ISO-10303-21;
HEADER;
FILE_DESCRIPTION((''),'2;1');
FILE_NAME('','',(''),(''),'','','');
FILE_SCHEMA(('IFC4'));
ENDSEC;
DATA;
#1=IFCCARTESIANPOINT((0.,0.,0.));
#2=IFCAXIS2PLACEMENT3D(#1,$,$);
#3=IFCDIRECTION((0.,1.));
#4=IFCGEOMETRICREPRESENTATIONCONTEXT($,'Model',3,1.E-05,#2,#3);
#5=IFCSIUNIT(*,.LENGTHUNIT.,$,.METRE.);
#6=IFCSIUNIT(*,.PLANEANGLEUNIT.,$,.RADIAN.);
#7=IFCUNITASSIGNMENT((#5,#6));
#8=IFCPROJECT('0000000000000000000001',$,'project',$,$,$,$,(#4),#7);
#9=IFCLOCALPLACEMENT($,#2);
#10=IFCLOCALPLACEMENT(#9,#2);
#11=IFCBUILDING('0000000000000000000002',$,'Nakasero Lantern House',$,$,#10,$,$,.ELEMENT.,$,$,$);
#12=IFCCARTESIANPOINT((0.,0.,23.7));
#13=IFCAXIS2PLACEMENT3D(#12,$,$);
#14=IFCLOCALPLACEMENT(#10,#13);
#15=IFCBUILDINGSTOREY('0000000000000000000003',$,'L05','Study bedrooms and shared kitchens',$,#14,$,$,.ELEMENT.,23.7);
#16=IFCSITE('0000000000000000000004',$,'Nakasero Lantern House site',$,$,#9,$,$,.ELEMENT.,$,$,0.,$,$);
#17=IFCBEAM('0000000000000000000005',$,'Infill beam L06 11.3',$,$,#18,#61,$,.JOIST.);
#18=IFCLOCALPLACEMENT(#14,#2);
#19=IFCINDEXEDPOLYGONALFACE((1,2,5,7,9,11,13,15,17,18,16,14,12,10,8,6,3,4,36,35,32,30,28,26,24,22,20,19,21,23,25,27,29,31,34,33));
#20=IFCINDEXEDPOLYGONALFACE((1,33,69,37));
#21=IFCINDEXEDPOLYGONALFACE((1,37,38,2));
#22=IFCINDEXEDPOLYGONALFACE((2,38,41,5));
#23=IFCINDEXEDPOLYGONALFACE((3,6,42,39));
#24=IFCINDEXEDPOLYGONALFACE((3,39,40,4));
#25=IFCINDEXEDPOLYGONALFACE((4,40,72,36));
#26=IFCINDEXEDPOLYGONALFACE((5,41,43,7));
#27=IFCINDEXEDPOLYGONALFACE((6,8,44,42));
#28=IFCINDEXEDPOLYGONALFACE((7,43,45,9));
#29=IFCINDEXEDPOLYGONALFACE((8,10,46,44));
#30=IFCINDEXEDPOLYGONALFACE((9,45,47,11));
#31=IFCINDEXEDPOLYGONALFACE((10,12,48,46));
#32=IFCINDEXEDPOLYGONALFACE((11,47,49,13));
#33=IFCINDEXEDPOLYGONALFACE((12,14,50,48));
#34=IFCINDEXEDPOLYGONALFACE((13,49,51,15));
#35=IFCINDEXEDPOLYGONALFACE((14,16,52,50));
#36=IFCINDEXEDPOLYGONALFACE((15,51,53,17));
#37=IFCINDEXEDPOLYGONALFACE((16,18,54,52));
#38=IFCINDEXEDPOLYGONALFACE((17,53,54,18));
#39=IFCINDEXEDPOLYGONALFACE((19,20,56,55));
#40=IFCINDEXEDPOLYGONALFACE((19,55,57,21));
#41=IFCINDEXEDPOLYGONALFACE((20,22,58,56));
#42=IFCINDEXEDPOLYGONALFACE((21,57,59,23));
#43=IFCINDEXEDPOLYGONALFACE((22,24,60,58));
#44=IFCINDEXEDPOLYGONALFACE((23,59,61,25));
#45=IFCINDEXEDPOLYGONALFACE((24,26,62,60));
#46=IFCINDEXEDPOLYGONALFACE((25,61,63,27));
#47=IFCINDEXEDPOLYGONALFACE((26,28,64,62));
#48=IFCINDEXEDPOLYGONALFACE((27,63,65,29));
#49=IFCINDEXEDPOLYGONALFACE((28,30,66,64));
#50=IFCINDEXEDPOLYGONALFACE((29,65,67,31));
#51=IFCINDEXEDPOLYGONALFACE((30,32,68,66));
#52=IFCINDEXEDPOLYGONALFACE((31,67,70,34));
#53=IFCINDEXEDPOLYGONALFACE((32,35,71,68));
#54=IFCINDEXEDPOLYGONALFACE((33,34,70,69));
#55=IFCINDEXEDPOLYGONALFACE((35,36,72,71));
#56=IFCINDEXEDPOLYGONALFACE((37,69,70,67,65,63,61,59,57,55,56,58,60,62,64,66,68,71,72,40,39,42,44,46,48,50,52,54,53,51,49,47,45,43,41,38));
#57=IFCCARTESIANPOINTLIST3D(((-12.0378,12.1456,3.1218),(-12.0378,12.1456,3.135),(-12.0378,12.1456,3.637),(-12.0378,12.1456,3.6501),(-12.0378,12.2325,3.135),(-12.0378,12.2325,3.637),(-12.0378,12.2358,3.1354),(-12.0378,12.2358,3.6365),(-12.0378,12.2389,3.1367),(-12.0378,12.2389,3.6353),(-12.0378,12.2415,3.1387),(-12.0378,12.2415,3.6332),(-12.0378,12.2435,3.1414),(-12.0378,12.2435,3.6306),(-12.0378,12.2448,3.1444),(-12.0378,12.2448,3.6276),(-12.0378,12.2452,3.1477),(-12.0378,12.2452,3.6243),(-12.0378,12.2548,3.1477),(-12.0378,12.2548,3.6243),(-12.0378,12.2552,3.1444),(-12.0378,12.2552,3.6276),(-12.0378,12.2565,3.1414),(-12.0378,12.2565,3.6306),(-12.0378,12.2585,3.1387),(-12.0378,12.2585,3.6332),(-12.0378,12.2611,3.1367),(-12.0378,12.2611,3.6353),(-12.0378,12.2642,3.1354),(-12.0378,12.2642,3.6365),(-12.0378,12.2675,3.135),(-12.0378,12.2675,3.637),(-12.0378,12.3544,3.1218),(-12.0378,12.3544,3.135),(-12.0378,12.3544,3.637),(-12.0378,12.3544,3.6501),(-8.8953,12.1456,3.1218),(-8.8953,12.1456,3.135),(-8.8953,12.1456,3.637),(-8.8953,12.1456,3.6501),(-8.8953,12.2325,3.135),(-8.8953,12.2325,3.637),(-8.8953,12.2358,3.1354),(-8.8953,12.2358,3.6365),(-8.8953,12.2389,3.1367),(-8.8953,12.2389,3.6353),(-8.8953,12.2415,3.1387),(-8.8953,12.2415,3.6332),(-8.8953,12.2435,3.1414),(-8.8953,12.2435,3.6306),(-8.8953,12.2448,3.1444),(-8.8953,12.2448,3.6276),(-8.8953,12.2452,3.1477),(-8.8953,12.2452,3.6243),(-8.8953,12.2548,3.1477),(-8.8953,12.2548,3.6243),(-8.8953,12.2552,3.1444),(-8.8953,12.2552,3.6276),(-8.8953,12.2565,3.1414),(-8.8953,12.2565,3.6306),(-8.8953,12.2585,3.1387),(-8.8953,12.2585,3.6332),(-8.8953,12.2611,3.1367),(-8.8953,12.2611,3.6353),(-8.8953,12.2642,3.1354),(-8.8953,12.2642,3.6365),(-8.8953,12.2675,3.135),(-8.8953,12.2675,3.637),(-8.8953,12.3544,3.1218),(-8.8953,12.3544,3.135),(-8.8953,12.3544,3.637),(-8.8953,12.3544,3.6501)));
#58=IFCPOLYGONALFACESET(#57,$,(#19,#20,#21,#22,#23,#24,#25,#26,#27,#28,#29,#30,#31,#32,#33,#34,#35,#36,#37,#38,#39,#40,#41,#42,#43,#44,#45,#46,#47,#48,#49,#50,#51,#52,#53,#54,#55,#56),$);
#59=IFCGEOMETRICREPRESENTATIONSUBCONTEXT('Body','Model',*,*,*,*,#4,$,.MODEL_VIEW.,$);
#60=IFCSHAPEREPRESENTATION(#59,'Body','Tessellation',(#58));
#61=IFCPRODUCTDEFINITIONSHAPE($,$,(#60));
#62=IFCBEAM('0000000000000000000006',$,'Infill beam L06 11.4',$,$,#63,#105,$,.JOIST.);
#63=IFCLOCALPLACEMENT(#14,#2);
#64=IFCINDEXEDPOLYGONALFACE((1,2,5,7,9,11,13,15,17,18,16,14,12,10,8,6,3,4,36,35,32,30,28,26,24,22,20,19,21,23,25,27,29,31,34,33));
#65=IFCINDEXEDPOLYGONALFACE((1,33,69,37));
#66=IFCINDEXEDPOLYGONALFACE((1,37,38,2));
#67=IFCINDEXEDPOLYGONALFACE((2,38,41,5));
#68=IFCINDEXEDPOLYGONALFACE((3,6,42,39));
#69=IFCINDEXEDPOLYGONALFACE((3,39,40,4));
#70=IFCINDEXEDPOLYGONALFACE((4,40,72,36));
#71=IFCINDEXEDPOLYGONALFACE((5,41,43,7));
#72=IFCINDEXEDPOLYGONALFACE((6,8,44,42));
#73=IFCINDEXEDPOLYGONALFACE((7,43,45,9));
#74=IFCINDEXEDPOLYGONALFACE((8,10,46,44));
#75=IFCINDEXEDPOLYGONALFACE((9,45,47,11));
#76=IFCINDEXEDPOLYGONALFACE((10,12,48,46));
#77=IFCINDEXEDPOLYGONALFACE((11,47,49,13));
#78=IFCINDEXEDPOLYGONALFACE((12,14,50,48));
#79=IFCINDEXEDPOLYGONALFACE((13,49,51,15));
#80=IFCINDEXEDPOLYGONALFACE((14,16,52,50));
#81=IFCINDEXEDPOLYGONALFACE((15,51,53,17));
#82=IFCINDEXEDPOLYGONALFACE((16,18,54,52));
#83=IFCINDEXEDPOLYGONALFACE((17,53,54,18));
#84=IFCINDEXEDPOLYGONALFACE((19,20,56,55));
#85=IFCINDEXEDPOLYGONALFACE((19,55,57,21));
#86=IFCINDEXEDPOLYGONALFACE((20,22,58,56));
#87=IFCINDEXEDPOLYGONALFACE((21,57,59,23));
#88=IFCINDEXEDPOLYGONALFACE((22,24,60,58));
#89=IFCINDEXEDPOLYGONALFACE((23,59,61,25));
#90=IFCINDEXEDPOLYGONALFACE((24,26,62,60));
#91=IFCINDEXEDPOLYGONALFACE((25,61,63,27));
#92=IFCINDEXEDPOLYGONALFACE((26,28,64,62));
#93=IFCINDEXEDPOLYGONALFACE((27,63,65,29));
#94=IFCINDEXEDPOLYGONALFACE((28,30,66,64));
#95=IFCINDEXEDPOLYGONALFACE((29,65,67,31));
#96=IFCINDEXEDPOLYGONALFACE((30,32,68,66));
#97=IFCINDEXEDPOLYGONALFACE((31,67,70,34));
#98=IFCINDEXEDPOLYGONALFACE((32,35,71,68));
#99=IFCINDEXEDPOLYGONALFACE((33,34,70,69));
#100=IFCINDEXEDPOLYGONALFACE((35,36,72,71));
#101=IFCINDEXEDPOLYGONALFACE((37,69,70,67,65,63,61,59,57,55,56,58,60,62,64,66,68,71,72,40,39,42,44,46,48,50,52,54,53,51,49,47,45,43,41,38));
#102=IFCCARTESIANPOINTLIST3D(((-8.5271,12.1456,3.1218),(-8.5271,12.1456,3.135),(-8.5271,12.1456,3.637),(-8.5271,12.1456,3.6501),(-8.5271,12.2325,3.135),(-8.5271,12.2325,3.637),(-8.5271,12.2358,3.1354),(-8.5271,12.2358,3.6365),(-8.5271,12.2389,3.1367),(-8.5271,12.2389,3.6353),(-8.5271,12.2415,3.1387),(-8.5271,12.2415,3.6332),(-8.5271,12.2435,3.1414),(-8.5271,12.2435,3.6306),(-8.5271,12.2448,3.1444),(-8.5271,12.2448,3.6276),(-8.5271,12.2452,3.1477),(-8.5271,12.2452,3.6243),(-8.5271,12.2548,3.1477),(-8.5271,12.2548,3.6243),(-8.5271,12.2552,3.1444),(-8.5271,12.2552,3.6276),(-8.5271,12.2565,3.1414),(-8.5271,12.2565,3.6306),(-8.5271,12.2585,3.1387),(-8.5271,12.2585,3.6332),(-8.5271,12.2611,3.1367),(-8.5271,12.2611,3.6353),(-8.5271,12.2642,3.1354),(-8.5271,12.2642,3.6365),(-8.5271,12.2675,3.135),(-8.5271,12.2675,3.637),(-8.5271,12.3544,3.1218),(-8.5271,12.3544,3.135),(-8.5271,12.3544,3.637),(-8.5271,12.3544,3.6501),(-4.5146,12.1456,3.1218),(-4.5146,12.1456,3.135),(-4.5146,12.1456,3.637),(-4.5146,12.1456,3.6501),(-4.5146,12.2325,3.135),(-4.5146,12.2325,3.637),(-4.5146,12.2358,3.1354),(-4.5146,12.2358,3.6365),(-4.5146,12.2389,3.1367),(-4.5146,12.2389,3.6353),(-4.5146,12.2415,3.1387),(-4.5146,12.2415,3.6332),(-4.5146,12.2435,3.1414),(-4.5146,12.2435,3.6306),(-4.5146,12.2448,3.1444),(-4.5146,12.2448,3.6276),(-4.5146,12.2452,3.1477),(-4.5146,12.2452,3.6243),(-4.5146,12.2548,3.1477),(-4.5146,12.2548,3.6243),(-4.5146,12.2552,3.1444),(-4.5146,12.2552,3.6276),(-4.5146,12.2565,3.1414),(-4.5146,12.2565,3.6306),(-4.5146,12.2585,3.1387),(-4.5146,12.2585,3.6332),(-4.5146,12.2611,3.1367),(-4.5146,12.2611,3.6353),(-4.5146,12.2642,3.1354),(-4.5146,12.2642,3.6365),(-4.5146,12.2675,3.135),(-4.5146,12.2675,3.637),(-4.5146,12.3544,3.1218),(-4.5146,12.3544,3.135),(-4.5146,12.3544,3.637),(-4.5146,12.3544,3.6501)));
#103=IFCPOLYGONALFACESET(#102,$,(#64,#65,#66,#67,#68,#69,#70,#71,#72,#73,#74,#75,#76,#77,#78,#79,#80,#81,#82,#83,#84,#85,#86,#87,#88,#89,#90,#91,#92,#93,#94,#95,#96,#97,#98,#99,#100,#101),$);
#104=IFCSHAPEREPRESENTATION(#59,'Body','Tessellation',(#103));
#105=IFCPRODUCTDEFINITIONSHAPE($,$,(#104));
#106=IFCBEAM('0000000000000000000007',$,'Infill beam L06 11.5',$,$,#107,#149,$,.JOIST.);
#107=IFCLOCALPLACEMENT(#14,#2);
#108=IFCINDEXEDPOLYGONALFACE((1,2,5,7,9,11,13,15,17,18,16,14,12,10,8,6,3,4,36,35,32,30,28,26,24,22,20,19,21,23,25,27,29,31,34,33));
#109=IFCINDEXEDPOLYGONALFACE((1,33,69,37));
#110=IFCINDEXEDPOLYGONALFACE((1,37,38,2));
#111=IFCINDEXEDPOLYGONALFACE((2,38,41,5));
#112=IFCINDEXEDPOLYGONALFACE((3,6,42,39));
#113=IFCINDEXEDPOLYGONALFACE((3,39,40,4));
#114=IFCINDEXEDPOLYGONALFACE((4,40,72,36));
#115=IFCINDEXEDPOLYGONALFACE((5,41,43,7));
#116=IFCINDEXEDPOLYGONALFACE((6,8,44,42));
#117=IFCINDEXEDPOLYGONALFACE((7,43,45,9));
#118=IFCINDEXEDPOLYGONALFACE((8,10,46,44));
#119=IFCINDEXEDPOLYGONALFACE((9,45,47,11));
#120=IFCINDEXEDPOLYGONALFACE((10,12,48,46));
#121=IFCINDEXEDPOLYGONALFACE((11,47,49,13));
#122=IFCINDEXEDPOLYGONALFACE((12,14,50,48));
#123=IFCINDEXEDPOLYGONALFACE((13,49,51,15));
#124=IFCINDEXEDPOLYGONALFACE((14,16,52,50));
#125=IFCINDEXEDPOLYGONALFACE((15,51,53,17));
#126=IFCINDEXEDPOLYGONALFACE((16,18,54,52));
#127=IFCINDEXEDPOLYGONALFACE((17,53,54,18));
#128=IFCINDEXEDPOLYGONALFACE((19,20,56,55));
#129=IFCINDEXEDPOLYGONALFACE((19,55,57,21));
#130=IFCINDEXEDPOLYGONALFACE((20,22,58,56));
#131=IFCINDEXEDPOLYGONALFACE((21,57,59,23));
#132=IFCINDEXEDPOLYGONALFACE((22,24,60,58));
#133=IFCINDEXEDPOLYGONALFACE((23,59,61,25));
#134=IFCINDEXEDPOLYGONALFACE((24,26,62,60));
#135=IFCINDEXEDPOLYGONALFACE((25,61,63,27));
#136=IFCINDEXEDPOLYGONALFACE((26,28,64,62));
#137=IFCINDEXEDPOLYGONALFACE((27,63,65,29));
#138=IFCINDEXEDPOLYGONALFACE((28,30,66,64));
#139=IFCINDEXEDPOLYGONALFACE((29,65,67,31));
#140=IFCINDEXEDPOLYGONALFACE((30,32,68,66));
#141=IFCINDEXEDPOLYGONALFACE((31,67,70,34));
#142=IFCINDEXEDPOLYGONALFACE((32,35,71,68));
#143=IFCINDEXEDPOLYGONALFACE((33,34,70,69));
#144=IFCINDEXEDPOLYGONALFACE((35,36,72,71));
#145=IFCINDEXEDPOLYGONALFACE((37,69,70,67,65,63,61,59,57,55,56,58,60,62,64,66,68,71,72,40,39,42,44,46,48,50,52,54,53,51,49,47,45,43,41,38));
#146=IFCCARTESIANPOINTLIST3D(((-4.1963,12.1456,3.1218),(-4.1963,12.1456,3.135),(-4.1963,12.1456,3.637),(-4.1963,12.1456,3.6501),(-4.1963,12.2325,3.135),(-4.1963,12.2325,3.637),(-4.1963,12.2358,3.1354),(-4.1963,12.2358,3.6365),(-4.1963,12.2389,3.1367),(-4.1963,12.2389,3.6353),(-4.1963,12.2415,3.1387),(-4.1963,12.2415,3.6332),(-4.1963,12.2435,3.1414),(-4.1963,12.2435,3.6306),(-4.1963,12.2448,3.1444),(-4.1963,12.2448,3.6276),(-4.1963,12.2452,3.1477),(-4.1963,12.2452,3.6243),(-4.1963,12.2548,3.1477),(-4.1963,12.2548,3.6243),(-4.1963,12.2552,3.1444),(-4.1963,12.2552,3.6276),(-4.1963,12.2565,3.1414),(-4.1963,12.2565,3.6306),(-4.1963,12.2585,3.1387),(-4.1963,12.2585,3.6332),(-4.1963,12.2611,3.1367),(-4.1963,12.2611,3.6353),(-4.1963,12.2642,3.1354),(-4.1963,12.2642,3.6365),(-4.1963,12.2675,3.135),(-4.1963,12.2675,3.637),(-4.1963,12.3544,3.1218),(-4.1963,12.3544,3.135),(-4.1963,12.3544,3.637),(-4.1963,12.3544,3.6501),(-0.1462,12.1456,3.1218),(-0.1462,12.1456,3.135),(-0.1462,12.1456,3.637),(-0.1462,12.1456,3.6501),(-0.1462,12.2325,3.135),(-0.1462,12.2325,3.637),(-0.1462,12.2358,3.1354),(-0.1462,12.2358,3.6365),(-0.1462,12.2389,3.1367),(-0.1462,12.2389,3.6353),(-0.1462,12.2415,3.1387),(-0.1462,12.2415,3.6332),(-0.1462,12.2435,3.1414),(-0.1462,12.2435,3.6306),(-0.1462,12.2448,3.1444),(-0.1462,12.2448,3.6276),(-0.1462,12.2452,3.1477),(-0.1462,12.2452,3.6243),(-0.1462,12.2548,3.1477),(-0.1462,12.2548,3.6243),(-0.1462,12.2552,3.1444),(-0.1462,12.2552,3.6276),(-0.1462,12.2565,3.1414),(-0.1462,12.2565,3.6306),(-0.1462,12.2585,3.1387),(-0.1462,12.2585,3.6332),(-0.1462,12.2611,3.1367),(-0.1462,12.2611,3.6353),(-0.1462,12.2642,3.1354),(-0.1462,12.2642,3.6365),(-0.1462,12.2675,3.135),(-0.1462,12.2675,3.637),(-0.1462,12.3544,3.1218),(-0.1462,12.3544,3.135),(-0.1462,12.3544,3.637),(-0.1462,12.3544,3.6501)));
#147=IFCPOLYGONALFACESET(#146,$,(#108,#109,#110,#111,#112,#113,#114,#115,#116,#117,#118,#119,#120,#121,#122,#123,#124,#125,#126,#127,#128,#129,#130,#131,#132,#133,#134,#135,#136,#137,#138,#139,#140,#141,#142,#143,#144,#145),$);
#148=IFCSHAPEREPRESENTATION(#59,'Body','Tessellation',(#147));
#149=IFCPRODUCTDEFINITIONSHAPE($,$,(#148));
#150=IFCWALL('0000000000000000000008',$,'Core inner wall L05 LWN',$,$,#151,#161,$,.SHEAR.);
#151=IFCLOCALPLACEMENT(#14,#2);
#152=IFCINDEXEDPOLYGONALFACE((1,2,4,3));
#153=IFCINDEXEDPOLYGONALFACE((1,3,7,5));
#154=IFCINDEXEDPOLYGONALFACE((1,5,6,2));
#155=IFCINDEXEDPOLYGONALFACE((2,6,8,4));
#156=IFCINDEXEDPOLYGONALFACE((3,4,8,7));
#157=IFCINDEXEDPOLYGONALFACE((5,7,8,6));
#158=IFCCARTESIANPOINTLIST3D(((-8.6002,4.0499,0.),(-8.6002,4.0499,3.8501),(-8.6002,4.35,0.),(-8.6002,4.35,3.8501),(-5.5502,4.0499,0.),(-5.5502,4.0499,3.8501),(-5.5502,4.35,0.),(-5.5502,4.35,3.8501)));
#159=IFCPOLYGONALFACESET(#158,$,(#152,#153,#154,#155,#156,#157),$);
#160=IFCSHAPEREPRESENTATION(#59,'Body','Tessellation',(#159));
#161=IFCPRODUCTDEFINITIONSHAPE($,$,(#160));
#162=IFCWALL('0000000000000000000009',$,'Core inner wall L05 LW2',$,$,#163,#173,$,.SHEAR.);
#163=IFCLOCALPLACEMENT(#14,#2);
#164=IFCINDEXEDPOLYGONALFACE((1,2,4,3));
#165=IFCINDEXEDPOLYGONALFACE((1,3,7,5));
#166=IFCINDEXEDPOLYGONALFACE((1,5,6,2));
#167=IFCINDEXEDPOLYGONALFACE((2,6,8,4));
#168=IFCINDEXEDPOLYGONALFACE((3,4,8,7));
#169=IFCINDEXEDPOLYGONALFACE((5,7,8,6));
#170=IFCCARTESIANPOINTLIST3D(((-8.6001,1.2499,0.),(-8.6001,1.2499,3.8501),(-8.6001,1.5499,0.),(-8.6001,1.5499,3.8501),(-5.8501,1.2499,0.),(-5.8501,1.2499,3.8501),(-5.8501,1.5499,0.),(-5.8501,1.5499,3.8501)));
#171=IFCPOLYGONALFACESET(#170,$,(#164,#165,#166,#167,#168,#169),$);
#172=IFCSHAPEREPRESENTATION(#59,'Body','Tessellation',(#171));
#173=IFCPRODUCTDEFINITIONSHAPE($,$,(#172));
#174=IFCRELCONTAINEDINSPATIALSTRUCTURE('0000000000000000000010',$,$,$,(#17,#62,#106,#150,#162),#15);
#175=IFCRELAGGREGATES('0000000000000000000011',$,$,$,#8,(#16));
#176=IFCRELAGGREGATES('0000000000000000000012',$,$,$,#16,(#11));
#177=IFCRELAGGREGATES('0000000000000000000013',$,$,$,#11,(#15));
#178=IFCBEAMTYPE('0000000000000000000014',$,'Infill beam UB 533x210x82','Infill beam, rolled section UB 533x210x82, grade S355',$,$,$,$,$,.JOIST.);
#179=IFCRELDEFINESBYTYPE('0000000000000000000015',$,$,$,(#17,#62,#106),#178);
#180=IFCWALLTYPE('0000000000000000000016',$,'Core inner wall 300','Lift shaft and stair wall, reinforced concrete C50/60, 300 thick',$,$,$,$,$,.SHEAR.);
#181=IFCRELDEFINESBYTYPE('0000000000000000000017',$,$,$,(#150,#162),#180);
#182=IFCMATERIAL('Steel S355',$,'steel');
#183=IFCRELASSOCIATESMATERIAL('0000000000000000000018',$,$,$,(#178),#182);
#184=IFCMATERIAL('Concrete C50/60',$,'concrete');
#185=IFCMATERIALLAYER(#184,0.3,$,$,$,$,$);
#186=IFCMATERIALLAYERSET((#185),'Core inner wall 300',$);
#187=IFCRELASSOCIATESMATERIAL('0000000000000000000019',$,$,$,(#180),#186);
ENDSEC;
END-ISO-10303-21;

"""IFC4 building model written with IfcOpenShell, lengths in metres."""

from ifc_helpers import new_model, si_unit, direction, frame, frame_2d, origin, origin_2d, place, context, subcontext, project, spatial, rectangle, i_section, extrude, material, layer, layer_set, material_profile, profile_set, type_object, element, save


model = new_model("IFC4")

# Units and contexts
model_context = context("Model", 3, precision=1e-05, world=origin(), true_north=direction((0.0, 1.0)))
body_context = subcontext(model_context, "Body", "Model", "MODEL_VIEW")
ifc_project = project(units=[si_unit("LENGTHUNIT", "METRE"), si_unit("PLANEANGLEUNIT", "RADIAN")], contexts=[model_context])

# Site, building, storey
site_placement = place(None, origin())
site = spatial("IfcSite", under=ifc_project, at=site_placement, Name="Nakasero Lantern House site", CompositionType="ELEMENT", RefElevation=0.0)
building_placement = place(site_placement, origin())
building = spatial("IfcBuilding", under=site, at=building_placement, Name="Nakasero Lantern House", CompositionType="ELEMENT")
storey_placement = place(building_placement, frame((0.0, 0.0, 23.7)))
storey = spatial("IfcBuildingStorey", under=building, at=storey_placement, Name="L05", Description="Study bedrooms and shared kitchens", CompositionType="ELEMENT", Elevation=23.7)

# Beams
ifc_material_1 = material(Name="Steel S355", Category="steel")
ifc_material_profile_1 = material_profile(ifc_material_1, i_section(OverallWidth=0.2087, OverallDepth=0.5283, WebThickness=0.0095, FlangeThickness=0.0132, FilletRadius=0.0127, at=origin_2d()), Name="UB 533x210x82")
ifc_profile_set_1 = profile_set([ifc_material_profile_1], Name="Steel S355")
beam_type_1 = type_object("IfcBeamType", Name="Infill beam UB 533x210x82", Description="Infill beam, rolled section UB 533x210x82, grade S355", PredefinedType="JOIST", material=ifc_profile_set_1)
beam_1_placement = place(storey_placement, frame((-12.0378, 12.25, 3.386), z_axis=(1.0, 0.0, 0.0), x_axis=(0.0, 1.0, 0.0)))
element("IfcBeam", 1, at=beam_1_placement, inside=storey, type_object=beam_type_1, Name="Infill beam L06 11.3", PredefinedType="JOIST", context=body_context, shape_type="SweptSolid", body=[
    extrude(i_section(OverallWidth=0.2087, OverallDepth=0.5283, WebThickness=0.0095, FlangeThickness=0.0132, FilletRadius=0.0127, at=origin_2d()), origin(), (0.0, 0.0, 1.0), 3.1426),
])
beam_2_placement = place(storey_placement, frame((-8.5271, 12.25, 3.386), z_axis=(1.0, 0.0, 0.0), x_axis=(0.0, 1.0, 0.0)))
element("IfcBeam", 2, at=beam_2_placement, inside=storey, type_object=beam_type_1, Name="Infill beam L06 11.4", PredefinedType="JOIST", context=body_context, shape_type="SweptSolid", body=[
    extrude(i_section(OverallWidth=0.2087, OverallDepth=0.5283, WebThickness=0.0095, FlangeThickness=0.0132, FilletRadius=0.0127, at=origin_2d()), origin(), (0.0, 0.0, 1.0), 4.0125),
])
beam_3_placement = place(storey_placement, frame((-4.1963, 12.25, 3.386), z_axis=(1.0, 0.0, 0.0), x_axis=(0.0, 1.0, 0.0)))
element("IfcBeam", 3, at=beam_3_placement, inside=storey, type_object=beam_type_1, Name="Infill beam L06 11.5", PredefinedType="JOIST", context=body_context, shape_type="SweptSolid", body=[
    extrude(i_section(OverallWidth=0.2087, OverallDepth=0.5283, WebThickness=0.0095, FlangeThickness=0.0132, FilletRadius=0.0127, at=origin_2d()), origin(), (0.0, 0.0, 1.0), 4.05),
])

# Walls
ifc_material_2 = material(Name="Concrete C50/60", Category="concrete")
ifc_layer_1 = layer(ifc_material_2, 0.3)
ifc_layer_set_1 = layer_set([ifc_layer_1], Name="Core inner wall 300")
wall_type_1 = type_object("IfcWallType", Name="Core inner wall 300", Description="Lift shaft and stair wall, reinforced concrete C50/60, 300 thick", PredefinedType="SHEAR", material=ifc_layer_set_1)
wall_1_placement = place(storey_placement, frame((-8.6001, 4.2, 0.0), z_axis=(0.0, 0.0, 1.0), x_axis=(1.0, 0.0, 0.0)))
element("IfcWall", 4, at=wall_1_placement, inside=storey, type_object=wall_type_1, Name="Core inner wall L05 LWN", PredefinedType="SHEAR", context=body_context, shape_type="SweptSolid", body=[
    extrude(rectangle(XDim=3.05, YDim=0.3, at=frame_2d((1.5249, 0.0))), origin(), (0.0, 0.0, 1.0), 3.8501),
])
wall_2_placement = place(storey_placement, frame((-8.6001, 1.3999, 0.0), z_axis=(0.0, 0.0, 1.0), x_axis=(1.0, 0.0, 0.0)))
element("IfcWall", 5, at=wall_2_placement, inside=storey, type_object=wall_type_1, Name="Core inner wall L05 LW2", PredefinedType="SHEAR", context=body_context, shape_type="SweptSolid", body=[
    extrude(rectangle(XDim=2.75, YDim=0.3, at=frame_2d((1.375, 0.0))), origin(), (0.0, 0.0, 1.0), 3.8501),
])

save(model, "model.ifc")
